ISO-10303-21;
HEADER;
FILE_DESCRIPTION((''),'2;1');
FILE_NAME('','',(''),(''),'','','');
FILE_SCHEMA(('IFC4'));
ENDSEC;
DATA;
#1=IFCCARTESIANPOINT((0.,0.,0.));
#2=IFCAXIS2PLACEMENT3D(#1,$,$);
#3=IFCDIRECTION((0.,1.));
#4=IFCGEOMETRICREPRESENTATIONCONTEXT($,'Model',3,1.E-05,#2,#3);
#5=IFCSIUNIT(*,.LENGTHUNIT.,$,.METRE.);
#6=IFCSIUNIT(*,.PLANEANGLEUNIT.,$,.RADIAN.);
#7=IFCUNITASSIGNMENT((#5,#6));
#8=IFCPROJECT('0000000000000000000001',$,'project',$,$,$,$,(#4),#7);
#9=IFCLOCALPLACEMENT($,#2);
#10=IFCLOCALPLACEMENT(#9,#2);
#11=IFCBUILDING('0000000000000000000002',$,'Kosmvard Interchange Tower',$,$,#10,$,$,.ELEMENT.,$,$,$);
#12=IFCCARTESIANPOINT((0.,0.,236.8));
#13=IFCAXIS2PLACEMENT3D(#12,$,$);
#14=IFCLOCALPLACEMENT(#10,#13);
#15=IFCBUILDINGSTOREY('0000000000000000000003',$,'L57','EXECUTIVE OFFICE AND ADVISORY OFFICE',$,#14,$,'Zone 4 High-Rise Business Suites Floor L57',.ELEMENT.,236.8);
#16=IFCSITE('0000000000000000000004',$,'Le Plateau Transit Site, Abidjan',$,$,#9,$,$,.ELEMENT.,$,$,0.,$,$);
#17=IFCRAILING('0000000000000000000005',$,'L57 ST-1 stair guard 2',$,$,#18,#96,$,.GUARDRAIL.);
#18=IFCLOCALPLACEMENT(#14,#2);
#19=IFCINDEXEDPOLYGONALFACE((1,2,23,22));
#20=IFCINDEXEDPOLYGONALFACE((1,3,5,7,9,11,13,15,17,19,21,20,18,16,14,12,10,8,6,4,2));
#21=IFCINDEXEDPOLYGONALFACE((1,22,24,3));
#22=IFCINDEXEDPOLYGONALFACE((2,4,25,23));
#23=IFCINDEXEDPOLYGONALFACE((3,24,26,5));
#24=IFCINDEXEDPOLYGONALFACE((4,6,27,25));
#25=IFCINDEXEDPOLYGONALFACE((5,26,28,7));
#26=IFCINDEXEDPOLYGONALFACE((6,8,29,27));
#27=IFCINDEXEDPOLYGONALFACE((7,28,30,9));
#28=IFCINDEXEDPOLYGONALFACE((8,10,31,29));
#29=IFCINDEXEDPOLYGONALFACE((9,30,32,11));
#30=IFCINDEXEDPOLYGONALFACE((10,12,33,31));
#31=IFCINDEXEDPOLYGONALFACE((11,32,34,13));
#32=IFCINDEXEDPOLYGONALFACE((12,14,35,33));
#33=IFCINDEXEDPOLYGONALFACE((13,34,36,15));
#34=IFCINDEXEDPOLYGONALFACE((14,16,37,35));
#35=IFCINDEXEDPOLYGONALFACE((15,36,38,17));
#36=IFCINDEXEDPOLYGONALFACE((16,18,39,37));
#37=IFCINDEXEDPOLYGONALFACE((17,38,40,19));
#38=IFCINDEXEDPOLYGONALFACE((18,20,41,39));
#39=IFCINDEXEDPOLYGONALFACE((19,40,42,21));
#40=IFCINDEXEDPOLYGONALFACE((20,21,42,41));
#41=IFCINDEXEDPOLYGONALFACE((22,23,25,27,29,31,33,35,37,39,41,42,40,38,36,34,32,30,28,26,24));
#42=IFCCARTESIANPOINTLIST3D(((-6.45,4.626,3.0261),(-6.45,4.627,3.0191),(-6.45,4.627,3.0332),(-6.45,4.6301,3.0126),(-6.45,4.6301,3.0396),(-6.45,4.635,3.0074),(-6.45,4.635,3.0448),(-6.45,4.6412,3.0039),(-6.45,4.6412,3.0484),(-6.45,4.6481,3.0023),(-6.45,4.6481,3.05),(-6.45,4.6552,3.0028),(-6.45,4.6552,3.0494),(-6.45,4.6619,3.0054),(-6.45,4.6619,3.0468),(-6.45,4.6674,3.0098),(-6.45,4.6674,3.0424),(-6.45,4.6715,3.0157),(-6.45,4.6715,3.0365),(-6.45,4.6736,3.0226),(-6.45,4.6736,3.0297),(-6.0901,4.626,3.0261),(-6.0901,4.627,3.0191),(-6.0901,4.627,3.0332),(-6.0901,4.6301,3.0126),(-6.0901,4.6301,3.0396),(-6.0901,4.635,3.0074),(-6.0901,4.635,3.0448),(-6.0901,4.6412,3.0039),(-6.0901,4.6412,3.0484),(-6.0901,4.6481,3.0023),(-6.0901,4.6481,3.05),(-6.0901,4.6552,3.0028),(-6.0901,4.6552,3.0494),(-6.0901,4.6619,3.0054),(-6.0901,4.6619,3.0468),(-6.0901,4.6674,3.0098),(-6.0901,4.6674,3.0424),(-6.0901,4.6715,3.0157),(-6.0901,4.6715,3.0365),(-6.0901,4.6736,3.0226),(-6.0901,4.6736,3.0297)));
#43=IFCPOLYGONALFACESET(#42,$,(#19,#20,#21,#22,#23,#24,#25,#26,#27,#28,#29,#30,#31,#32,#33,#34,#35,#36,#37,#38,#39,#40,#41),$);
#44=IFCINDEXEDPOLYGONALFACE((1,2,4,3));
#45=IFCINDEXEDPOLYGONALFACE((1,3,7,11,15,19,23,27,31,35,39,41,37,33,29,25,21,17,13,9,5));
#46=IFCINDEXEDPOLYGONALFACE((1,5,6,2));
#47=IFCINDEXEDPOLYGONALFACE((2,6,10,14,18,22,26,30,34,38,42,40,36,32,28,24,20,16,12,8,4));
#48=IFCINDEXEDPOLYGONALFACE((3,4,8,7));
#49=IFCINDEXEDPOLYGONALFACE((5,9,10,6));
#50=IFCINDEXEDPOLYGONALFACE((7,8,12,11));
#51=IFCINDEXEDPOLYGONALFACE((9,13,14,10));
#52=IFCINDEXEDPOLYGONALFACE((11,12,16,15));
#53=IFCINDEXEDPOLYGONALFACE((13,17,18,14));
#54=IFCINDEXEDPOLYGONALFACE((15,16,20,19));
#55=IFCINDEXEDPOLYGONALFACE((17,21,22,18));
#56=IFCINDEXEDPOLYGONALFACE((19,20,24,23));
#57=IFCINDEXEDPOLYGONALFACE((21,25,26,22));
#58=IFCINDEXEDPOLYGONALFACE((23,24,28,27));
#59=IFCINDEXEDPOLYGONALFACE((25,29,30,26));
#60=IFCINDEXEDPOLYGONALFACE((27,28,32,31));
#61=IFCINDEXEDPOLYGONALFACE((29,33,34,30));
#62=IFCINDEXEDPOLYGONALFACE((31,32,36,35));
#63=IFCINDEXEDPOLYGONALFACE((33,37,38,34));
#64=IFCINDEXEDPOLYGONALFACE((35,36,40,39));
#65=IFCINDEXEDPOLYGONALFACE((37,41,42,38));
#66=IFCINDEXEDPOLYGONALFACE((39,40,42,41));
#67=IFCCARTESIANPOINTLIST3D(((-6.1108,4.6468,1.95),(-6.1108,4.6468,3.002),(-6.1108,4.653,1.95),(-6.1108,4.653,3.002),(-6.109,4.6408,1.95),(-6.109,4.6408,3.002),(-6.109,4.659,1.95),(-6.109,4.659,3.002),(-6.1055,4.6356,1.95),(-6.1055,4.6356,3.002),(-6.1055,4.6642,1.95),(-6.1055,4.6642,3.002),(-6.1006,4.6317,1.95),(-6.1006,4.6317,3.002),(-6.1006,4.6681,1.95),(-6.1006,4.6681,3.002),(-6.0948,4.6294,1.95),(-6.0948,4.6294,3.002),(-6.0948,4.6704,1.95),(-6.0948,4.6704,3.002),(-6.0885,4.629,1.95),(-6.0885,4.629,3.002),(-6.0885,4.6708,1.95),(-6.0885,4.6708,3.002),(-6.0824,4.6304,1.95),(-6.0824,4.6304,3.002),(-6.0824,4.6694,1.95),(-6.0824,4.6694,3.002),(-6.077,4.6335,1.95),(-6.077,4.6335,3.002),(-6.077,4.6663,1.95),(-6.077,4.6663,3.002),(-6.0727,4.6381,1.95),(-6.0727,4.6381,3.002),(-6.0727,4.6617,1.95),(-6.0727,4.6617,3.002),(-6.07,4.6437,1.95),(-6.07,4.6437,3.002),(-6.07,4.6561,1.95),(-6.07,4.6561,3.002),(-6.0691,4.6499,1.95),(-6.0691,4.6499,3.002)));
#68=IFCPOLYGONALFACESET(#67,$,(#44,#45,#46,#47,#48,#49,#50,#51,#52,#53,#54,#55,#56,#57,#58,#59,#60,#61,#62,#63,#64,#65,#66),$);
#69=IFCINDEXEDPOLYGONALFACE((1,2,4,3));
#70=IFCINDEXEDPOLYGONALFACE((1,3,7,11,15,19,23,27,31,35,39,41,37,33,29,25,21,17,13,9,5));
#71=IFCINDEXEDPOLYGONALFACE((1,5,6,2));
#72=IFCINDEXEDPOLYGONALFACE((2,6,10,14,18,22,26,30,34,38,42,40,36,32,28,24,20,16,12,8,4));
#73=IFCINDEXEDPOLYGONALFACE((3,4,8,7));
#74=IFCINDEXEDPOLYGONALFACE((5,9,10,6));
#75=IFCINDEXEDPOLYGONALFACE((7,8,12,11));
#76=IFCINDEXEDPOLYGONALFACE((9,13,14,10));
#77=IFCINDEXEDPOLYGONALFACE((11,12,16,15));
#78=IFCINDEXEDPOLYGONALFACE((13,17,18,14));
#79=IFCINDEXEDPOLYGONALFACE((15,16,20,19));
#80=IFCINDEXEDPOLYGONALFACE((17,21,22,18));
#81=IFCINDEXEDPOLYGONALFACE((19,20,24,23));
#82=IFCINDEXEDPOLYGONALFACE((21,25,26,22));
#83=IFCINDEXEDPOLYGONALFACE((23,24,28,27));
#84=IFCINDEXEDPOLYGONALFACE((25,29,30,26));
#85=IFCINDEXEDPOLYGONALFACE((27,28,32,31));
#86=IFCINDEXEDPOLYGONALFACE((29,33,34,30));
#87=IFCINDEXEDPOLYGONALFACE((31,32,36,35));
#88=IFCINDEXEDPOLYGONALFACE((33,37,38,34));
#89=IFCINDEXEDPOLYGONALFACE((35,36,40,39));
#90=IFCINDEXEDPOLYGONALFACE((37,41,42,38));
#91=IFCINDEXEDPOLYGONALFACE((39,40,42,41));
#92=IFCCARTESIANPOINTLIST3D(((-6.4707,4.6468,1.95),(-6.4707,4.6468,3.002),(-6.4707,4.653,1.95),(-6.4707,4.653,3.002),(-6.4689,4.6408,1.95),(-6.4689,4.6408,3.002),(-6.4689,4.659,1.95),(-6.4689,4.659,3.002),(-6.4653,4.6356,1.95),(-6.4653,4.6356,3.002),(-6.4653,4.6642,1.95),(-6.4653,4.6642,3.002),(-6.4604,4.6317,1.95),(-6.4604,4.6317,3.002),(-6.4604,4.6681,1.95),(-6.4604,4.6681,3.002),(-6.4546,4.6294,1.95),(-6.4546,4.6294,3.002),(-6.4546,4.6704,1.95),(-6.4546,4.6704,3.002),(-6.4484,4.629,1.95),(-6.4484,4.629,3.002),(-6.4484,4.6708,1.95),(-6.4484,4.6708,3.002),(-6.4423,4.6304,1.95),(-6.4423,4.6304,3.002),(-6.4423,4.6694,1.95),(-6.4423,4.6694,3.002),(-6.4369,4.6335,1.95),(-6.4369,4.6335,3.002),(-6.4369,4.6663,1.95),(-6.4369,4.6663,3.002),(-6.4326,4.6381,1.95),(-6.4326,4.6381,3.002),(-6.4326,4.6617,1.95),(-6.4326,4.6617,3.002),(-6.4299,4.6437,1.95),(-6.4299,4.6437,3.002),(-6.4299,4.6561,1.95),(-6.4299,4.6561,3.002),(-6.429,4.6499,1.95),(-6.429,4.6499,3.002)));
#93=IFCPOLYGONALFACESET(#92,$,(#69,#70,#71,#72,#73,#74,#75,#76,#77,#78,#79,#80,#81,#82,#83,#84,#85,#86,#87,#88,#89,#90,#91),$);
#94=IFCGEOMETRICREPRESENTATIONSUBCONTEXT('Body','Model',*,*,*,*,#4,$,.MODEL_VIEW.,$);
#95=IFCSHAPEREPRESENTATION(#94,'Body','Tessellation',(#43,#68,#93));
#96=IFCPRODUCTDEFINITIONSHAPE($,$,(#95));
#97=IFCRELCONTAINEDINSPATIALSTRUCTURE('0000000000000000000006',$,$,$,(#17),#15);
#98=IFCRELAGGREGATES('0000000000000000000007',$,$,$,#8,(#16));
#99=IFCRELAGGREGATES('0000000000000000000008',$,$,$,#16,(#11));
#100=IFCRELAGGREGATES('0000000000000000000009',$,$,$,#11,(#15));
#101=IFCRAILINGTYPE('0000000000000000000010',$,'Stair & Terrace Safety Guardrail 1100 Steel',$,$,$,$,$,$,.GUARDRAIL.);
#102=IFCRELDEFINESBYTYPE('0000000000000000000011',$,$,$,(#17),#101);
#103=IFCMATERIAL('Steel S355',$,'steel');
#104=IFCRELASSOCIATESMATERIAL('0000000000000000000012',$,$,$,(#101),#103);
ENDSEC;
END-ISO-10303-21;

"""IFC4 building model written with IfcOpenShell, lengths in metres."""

from ifc_helpers import new_model, si_unit, direction, frame, origin, origin_2d, place, context, subcontext, project, spatial, circle, extrude, source, transform, mapped, material, type_object, element, save


model = new_model("IFC4")

# Units and contexts
model_context = context("Model", 3, precision=1e-05, world=origin(), true_north=direction((0.0, 1.0)))
body_context = subcontext(model_context, "Body", "Model", "MODEL_VIEW")
ifc_project = project(units=[si_unit("LENGTHUNIT", "METRE"), si_unit("PLANEANGLEUNIT", "RADIAN")], contexts=[model_context])

# Site, building, storey
site_placement = place(None, origin())
site = spatial("IfcSite", under=ifc_project, at=site_placement, Name="Le Plateau Transit Site, Abidjan", CompositionType="ELEMENT", RefElevation=0.0)
building_placement = place(site_placement, origin())
building = spatial("IfcBuilding", under=site, at=building_placement, Name="Kosmvard Interchange Tower", CompositionType="ELEMENT")
storey_placement = place(building_placement, frame((0.0, 0.0, 236.8)))
storey = spatial("IfcBuildingStorey", under=building, at=storey_placement, Name="L57", Description="EXECUTIVE OFFICE AND ADVISORY OFFICE", LongName="Zone 4 High-Rise Business Suites Floor L57", CompositionType="ELEMENT", Elevation=236.8)

# Shared definitions
ifc_material_1 = material(Name="Steel S355", Category="steel")

# Railing
railing_type_1 = type_object("IfcRailingType", Name="Stair & Terrace Safety Guardrail 1100 Steel", PredefinedType="GUARDRAIL", material=ifc_material_1)
shared_shape_1 = source(origin(), body_context, "Body", "SweptSolid", [
    extrude(circle(Radius=0.0239, at=origin_2d()), frame((0.0, 0.0, 1.0762), z_axis=(-1.0, 0.0, 0.0), x_axis=(0.0, -1.0, 0.0)), (0.0, 0.0, 1.0), 0.3599),
    extrude(circle(Radius=0.021, at=origin_2d()), origin(), (0.0, 0.0, 1.0), 1.052),
    extrude(circle(Radius=0.021, at=origin_2d()), frame((-0.3599, 0.0, 0.0)), (0.0, 0.0, 1.0), 1.052),
])
railing_1_placement = place(storey_placement, frame((-6.0901, 4.6499, 1.95)))
element("IfcRailing", 1, at=railing_1_placement, inside=storey, type_object=railing_type_1, Name="L57 ST-1 stair guard 2", PredefinedType="GUARDRAIL", context=body_context, shape_type="MappedRepresentation", body=[
    mapped(shared_shape_1, transform((0.0, 0.0, 0.0), scale=1.0)),
])

save(model, "model.ifc")
